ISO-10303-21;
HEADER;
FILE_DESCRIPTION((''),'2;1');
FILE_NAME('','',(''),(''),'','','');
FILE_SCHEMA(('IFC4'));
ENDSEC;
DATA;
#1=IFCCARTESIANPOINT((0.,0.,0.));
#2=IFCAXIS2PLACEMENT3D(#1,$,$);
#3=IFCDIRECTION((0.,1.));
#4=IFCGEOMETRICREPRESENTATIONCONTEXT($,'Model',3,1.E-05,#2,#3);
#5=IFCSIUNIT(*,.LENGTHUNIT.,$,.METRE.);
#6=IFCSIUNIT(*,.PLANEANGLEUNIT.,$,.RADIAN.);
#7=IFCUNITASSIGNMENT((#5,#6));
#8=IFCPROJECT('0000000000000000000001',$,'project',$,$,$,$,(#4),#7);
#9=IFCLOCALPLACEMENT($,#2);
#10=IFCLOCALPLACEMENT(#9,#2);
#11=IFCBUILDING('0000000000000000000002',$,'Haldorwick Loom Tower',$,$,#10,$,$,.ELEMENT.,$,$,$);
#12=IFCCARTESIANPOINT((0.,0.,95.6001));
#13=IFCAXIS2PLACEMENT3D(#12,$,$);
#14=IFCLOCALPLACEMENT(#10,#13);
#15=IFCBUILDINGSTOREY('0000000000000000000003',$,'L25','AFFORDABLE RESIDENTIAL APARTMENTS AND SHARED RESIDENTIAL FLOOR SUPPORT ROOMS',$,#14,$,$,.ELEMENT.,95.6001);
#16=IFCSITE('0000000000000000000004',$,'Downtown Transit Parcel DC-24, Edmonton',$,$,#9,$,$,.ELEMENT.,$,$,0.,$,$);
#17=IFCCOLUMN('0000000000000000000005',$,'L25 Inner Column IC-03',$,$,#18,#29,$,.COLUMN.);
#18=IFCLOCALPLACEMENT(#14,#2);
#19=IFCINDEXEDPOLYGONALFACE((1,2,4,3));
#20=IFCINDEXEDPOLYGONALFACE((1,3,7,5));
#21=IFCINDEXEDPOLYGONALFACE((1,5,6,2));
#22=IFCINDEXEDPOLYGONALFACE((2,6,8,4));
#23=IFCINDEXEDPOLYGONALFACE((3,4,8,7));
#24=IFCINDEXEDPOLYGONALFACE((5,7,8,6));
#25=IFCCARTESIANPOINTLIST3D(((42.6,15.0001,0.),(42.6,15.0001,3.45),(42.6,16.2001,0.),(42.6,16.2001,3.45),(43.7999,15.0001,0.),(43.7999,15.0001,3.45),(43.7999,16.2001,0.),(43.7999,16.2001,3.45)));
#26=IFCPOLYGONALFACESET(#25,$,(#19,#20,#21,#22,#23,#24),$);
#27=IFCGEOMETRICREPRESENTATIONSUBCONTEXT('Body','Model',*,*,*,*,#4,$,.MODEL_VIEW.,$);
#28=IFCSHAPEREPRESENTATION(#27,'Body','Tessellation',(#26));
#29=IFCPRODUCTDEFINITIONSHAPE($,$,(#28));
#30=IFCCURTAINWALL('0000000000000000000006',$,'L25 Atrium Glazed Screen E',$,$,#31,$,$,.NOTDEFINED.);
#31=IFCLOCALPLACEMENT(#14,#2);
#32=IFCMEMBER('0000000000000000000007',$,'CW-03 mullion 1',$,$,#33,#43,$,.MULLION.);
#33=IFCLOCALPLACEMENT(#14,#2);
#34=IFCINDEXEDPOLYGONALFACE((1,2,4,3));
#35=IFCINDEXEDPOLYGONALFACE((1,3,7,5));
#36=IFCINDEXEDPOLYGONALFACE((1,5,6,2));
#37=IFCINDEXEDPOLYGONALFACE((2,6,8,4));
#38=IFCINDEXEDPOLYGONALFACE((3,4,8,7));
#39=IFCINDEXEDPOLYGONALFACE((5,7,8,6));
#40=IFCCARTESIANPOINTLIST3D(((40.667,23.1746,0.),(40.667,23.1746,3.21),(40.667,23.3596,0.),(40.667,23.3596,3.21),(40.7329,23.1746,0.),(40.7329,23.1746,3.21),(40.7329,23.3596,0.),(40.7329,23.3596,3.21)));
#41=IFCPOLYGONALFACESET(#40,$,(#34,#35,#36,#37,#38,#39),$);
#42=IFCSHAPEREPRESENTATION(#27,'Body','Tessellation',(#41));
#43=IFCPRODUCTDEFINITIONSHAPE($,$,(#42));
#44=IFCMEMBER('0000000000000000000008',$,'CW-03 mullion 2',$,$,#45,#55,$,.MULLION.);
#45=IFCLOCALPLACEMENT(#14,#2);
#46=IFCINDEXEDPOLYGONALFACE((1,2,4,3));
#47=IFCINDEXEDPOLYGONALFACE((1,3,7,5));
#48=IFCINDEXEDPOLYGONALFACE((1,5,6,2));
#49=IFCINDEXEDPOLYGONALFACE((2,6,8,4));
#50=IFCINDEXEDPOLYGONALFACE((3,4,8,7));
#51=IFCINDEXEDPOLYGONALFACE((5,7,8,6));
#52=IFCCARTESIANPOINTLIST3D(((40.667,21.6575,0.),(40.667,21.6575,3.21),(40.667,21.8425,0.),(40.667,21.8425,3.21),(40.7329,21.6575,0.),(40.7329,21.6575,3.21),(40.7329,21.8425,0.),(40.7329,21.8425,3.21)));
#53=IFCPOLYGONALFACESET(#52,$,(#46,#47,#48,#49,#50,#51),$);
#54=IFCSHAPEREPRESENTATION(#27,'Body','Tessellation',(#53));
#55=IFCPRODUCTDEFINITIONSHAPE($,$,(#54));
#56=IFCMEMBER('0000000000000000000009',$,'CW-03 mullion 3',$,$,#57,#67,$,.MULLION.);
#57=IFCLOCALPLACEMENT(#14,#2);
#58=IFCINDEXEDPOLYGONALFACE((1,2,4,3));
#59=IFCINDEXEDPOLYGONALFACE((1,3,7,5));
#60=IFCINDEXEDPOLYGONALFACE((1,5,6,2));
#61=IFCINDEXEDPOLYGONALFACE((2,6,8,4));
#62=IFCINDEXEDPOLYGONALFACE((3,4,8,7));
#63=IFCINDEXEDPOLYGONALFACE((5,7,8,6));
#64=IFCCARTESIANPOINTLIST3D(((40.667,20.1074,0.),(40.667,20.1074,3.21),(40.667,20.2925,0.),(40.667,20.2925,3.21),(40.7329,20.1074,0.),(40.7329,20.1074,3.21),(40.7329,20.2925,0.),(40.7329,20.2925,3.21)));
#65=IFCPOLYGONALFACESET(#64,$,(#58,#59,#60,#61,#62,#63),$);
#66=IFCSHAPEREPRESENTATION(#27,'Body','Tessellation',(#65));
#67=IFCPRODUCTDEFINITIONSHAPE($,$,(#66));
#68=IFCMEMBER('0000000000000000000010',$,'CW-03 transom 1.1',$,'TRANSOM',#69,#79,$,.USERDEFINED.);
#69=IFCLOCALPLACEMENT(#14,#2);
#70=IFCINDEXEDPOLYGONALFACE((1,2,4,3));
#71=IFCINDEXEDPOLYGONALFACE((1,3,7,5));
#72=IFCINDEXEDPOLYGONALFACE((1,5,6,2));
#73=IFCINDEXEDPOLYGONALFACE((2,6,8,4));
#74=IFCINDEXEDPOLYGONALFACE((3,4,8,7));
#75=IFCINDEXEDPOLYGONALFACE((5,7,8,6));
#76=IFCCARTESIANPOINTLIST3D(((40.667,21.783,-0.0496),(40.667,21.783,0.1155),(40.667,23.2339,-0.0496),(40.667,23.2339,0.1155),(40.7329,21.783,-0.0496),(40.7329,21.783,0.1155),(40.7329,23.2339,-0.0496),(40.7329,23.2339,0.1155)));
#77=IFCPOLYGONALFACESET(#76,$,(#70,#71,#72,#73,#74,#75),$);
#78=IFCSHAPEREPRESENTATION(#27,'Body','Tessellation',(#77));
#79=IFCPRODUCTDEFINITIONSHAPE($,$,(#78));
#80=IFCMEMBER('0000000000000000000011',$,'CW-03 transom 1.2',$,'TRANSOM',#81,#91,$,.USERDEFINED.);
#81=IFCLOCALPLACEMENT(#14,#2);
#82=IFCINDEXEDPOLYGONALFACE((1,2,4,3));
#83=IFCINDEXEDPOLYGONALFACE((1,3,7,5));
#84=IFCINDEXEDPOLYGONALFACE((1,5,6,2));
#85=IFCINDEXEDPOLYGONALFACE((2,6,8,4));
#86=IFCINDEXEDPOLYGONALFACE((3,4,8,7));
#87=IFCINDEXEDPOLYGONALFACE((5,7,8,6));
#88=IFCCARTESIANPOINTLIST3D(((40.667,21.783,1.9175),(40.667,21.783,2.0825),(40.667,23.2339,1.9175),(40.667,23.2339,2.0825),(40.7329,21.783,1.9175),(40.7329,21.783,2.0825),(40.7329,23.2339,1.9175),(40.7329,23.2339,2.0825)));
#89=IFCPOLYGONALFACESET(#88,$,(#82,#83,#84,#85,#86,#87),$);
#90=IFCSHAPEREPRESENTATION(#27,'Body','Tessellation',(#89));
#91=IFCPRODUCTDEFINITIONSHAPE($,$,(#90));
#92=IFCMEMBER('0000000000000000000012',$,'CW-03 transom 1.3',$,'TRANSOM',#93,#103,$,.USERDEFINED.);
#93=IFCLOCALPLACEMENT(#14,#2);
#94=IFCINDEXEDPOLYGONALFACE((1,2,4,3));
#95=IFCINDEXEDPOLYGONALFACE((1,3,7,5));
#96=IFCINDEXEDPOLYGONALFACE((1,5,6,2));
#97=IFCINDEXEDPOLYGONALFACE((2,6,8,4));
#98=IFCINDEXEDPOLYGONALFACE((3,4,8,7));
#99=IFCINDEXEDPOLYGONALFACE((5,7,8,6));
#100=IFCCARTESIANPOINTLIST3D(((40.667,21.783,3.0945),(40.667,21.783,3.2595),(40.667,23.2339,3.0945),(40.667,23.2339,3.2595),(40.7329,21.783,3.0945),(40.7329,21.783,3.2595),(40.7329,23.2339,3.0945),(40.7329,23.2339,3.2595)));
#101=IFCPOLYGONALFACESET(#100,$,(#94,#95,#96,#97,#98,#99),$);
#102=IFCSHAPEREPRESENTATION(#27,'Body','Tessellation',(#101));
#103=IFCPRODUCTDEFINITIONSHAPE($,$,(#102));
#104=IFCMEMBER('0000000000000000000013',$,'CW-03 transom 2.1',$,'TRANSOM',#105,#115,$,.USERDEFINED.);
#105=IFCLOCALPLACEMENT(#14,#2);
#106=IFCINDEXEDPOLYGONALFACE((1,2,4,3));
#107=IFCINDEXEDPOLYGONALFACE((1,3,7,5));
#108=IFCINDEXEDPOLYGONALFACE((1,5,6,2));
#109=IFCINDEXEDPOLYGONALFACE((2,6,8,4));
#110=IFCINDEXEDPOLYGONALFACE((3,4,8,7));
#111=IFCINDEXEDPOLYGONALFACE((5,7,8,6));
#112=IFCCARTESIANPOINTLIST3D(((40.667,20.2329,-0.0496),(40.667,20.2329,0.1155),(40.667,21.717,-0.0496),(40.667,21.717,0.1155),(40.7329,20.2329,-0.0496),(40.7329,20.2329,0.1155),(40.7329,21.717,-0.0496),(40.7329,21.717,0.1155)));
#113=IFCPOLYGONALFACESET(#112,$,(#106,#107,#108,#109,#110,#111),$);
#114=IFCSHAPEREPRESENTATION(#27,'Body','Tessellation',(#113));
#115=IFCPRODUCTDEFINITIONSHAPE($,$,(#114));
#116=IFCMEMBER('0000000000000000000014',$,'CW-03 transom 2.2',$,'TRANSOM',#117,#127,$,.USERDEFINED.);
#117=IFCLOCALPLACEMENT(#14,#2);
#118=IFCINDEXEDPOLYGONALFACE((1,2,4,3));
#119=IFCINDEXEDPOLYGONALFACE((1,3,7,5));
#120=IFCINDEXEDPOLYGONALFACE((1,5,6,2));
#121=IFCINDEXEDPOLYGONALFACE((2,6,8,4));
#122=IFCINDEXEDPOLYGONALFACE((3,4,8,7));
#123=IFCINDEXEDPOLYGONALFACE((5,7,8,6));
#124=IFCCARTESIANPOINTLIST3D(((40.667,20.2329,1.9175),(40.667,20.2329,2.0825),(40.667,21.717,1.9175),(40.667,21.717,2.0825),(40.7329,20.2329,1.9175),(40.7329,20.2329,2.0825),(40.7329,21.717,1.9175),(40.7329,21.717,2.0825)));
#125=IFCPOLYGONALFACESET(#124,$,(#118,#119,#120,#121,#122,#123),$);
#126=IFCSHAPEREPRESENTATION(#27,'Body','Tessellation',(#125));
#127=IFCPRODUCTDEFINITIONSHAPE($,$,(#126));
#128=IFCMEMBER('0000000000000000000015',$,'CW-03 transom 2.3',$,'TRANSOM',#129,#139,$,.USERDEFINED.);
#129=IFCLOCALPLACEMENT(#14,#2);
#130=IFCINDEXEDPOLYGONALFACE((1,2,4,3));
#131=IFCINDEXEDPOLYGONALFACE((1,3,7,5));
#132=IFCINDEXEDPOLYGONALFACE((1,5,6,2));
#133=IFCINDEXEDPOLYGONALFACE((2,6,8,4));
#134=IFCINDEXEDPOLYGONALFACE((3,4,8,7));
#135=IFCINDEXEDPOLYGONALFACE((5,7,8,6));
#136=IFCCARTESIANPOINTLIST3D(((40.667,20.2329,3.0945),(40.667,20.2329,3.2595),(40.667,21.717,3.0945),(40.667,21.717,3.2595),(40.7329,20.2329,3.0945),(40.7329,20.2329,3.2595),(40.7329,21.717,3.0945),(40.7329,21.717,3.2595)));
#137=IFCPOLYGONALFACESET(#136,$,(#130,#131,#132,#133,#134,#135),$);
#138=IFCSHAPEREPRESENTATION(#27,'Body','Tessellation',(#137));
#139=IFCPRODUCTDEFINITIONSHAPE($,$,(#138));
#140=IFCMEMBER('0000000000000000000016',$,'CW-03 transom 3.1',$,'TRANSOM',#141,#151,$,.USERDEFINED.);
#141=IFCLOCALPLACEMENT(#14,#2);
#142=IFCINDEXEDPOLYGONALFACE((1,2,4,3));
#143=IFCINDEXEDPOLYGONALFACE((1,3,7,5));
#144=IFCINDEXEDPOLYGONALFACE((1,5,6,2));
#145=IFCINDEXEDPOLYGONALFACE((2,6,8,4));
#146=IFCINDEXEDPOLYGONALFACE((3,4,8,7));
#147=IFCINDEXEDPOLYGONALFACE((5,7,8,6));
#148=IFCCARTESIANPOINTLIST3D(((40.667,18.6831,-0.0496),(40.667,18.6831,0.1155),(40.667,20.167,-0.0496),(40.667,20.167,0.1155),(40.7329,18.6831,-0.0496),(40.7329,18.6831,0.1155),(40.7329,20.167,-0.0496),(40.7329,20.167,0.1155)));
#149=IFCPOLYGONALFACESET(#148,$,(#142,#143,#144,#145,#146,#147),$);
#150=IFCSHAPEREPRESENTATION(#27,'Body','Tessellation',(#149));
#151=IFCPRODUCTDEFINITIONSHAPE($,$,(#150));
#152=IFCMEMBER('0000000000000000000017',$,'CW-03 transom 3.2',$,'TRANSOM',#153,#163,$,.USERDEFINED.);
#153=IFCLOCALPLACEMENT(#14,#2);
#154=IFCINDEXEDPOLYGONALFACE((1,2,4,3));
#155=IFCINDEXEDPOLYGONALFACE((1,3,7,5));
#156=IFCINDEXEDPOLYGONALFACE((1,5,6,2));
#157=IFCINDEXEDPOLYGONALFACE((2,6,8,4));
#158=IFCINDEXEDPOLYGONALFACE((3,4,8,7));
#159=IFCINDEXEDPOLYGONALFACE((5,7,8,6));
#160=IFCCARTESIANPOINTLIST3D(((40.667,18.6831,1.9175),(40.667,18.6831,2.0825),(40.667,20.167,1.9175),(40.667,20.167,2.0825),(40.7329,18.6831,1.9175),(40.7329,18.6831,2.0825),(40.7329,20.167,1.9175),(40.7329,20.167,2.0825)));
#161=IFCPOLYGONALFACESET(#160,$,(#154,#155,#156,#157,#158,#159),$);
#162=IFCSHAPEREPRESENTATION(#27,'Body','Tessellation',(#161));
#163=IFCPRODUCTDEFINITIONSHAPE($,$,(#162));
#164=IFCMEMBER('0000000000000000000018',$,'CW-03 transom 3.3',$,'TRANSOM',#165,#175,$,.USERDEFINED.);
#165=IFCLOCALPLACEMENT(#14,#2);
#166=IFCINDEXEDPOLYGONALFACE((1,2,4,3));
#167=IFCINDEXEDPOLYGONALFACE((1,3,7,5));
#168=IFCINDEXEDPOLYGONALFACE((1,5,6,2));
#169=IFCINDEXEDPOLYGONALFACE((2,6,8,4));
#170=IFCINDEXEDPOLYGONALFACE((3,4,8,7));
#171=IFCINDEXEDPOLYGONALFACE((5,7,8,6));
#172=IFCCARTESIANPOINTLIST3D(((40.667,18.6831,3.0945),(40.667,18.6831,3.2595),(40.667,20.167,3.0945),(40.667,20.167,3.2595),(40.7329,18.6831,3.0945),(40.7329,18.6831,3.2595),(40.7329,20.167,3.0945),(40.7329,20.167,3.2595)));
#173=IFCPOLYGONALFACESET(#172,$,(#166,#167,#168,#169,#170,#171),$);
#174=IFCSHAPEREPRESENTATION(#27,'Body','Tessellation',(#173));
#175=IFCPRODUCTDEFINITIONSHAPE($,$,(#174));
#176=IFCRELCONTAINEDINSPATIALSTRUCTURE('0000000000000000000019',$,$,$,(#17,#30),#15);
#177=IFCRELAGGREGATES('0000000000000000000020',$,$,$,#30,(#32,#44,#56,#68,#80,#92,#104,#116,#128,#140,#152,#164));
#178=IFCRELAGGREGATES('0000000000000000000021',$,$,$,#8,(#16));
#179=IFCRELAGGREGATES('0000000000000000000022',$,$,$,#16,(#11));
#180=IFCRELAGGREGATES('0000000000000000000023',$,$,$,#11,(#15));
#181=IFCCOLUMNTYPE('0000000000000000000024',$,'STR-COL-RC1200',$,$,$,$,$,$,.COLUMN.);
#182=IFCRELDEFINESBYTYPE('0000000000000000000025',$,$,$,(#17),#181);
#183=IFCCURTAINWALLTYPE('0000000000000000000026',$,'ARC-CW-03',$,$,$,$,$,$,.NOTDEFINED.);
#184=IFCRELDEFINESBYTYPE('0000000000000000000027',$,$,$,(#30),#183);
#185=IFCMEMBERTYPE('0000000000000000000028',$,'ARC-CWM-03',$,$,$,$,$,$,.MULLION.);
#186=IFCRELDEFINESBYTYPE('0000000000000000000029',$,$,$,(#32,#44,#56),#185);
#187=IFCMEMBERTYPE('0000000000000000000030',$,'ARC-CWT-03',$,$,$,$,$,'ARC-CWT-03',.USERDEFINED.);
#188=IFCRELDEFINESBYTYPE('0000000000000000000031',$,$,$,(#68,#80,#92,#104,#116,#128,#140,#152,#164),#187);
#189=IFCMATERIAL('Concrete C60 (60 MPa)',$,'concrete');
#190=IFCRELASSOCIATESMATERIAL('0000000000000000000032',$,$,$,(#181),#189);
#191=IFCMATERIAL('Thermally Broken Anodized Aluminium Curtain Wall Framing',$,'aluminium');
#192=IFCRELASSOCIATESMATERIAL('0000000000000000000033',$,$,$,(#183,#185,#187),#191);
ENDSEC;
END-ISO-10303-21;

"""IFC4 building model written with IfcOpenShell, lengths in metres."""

from ifc_helpers import new_model, si_unit, direction, frame, origin, origin_2d, place, context, subcontext, project, spatial, rectangle, extrude, material, material_profile, profile_set, type_object, element, aggregate, save


model = new_model("IFC4")

# Units and contexts
model_context = context("Model", 3, precision=1e-05, world=origin(), true_north=direction((0.0, 1.0)))
body_context = subcontext(model_context, "Body", "Model", "MODEL_VIEW")
ifc_project = project(units=[si_unit("LENGTHUNIT", "METRE"), si_unit("PLANEANGLEUNIT", "RADIAN")], contexts=[model_context])

# Site, building, storey
site_placement = place(None, origin())
site = spatial("IfcSite", under=ifc_project, at=site_placement, Name="Downtown Transit Parcel DC-24, Edmonton", CompositionType="ELEMENT", RefElevation=0.0)
building_placement = place(site_placement, origin())
building = spatial("IfcBuilding", under=site, at=building_placement, Name="Haldorwick Loom Tower", CompositionType="ELEMENT")
storey_placement = place(building_placement, frame((0.0, 0.0, 95.6001)))
storey = spatial("IfcBuildingStorey", under=building, at=storey_placement, Name="L25", Description="AFFORDABLE RESIDENTIAL APARTMENTS AND SHARED RESIDENTIAL FLOOR SUPPORT ROOMS", CompositionType="ELEMENT", Elevation=95.6001)

# Column
ifc_material_1 = material(Name="Concrete C60 (60 MPa)", Category="concrete")
ifc_material_profile_1 = material_profile(ifc_material_1, rectangle(XDim=1.2, YDim=1.2, at=origin_2d()), Name="RC1200X1200", Category="concrete")
ifc_profile_set_1 = profile_set([ifc_material_profile_1], Name="Concrete C60 (60 MPa)")
column_type = type_object("IfcColumnType", Name="STR-COL-RC1200", PredefinedType="COLUMN", material=ifc_profile_set_1)
column_placement = place(storey_placement, frame((43.2, 15.6001, 0.0), z_axis=(0.0, 0.0, 1.0), x_axis=(1.0, 0.0, 0.0)))
element("IfcColumn", 1, at=column_placement, inside=storey, type_object=column_type, Name="L25 Inner Column IC-03", PredefinedType="COLUMN", context=body_context, shape_type="SweptSolid", body=[
    extrude(rectangle(XDim=1.2, YDim=1.2, at=origin_2d()), origin(), (0.0, 0.0, 1.0), 3.45),
])

# Curtain wall, members
ifc_material_2 = material(Name="Thermally Broken Anodized Aluminium Curtain Wall Framing", Category="aluminium")
curtain_wall_type = type_object("IfcCurtainWallType", Name="ARC-CW-03", PredefinedType="NOTDEFINED", material=ifc_material_2)
curtain_wall_placement = place(storey_placement, origin())
curtain_wall = element("IfcCurtainWall", 2, at=curtain_wall_placement, inside=storey, type_object=curtain_wall_type, Name="L25 Atrium Glazed Screen E", PredefinedType="NOTDEFINED")
ifc_material_profile_2 = material_profile(ifc_material_2, rectangle(XDim=0.0659, YDim=0.1851, at=origin_2d()), Name="ALU_MUL_66X185", Category="aluminium")
ifc_profile_set_2 = profile_set([ifc_material_profile_2], Name="Thermally Broken Anodized Aluminium Curtain Wall Framing")
member_type_1 = type_object("IfcMemberType", Name="ARC-CWM-03", PredefinedType="MULLION", material=ifc_profile_set_2)
member_1_placement = place(storey_placement, frame((40.7, 23.2671, 0.0), z_axis=(0.0, 0.0, 1.0), x_axis=(1.0, 0.0, 0.0)))
member_1 = element("IfcMember", 3, at=member_1_placement, type_object=member_type_1, Name="CW-03 mullion 1", PredefinedType="MULLION", context=body_context, shape_type="SweptSolid", body=[
    extrude(rectangle(XDim=0.0659, YDim=0.1851, at=origin_2d()), origin(), (0.0, 0.0, 1.0), 3.21),
])
member_2_placement = place(storey_placement, frame((40.7, 21.75, 0.0), z_axis=(0.0, 0.0, 1.0), x_axis=(1.0, 0.0, 0.0)))
member_2 = element("IfcMember", 4, at=member_2_placement, type_object=member_type_1, Name="CW-03 mullion 2", PredefinedType="MULLION", context=body_context, shape_type="SweptSolid", body=[
    extrude(rectangle(XDim=0.0659, YDim=0.1851, at=origin_2d()), origin(), (0.0, 0.0, 1.0), 3.21),
])
member_3_placement = place(storey_placement, frame((40.7, 20.2, 0.0), z_axis=(0.0, 0.0, 1.0), x_axis=(1.0, 0.0, 0.0)))
member_3 = element("IfcMember", 5, at=member_3_placement, type_object=member_type_1, Name="CW-03 mullion 3", PredefinedType="MULLION", context=body_context, shape_type="SweptSolid", body=[
    extrude(rectangle(XDim=0.0659, YDim=0.1851, at=origin_2d()), origin(), (0.0, 0.0, 1.0), 3.21),
])
ifc_material_profile_3 = material_profile(ifc_material_2, rectangle(XDim=0.0659, YDim=0.165, at=origin_2d()), Name="ALU_TRN_66X165", Category="aluminium")
ifc_profile_set_3 = profile_set([ifc_material_profile_3], Name="Thermally Broken Anodized Aluminium Curtain Wall Framing")
member_type_2 = type_object("IfcMemberType", Name="ARC-CWT-03", ElementType="ARC-CWT-03", PredefinedType="USERDEFINED", material=ifc_profile_set_3)
member_4_placement = place(storey_placement, frame((40.7, 23.2339, 0.033), z_axis=(0.0, -1.0, 0.0), x_axis=(1.0, 0.0, 0.0)))
member_4 = element("IfcMember", 6, at=member_4_placement, type_object=member_type_2, Name="CW-03 transom 1.1", ObjectType="TRANSOM", PredefinedType="USERDEFINED", context=body_context, shape_type="SweptSolid", body=[
    extrude(rectangle(XDim=0.0659, YDim=0.165, at=origin_2d()), origin(), (0.0, 0.0, 1.0), 1.4509),
])
member_5_placement = place(storey_placement, frame((40.7, 23.2339, 2.0), z_axis=(0.0, -1.0, 0.0), x_axis=(1.0, 0.0, 0.0)))
member_5 = element("IfcMember", 7, at=member_5_placement, type_object=member_type_2, Name="CW-03 transom 1.2", ObjectType="TRANSOM", PredefinedType="USERDEFINED", context=body_context, shape_type="SweptSolid", body=[
    extrude(rectangle(XDim=0.0659, YDim=0.165, at=origin_2d()), origin(), (0.0, 0.0, 1.0), 1.4509),
])
member_6_placement = place(storey_placement, frame((40.7, 23.2339, 3.177), z_axis=(0.0, -1.0, 0.0), x_axis=(1.0, 0.0, 0.0)))
member_6 = element("IfcMember", 8, at=member_6_placement, type_object=member_type_2, Name="CW-03 transom 1.3", ObjectType="TRANSOM", PredefinedType="USERDEFINED", context=body_context, shape_type="SweptSolid", body=[
    extrude(rectangle(XDim=0.0659, YDim=0.165, at=origin_2d()), origin(), (0.0, 0.0, 1.0), 1.4509),
])
member_7_placement = place(storey_placement, frame((40.7, 21.717, 0.033), z_axis=(0.0, -1.0, 0.0), x_axis=(1.0, 0.0, 0.0)))
member_7 = element("IfcMember", 9, at=member_7_placement, type_object=member_type_2, Name="CW-03 transom 2.1", ObjectType="TRANSOM", PredefinedType="USERDEFINED", context=body_context, shape_type="SweptSolid", body=[
    extrude(rectangle(XDim=0.0659, YDim=0.165, at=origin_2d()), origin(), (0.0, 0.0, 1.0), 1.4841),
])
member_8_placement = place(storey_placement, frame((40.7, 21.717, 2.0), z_axis=(0.0, -1.0, 0.0), x_axis=(1.0, 0.0, 0.0)))
member_8 = element("IfcMember", 10, at=member_8_placement, type_object=member_type_2, Name="CW-03 transom 2.2", ObjectType="TRANSOM", PredefinedType="USERDEFINED", context=body_context, shape_type="SweptSolid", body=[
    extrude(rectangle(XDim=0.0659, YDim=0.165, at=origin_2d()), origin(), (0.0, 0.0, 1.0), 1.4841),
])
member_9_placement = place(storey_placement, frame((40.7, 21.717, 3.177), z_axis=(0.0, -1.0, 0.0), x_axis=(1.0, 0.0, 0.0)))
member_9 = element("IfcMember", 11, at=member_9_placement, type_object=member_type_2, Name="CW-03 transom 2.3", ObjectType="TRANSOM", PredefinedType="USERDEFINED", context=body_context, shape_type="SweptSolid", body=[
    extrude(rectangle(XDim=0.0659, YDim=0.165, at=origin_2d()), origin(), (0.0, 0.0, 1.0), 1.4841),
])
member_10_placement = place(storey_placement, frame((40.7, 20.167, 0.033), z_axis=(0.0, -1.0, 0.0), x_axis=(1.0, 0.0, 0.0)))
member_10 = element("IfcMember", 12, at=member_10_placement, type_object=member_type_2, Name="CW-03 transom 3.1", ObjectType="TRANSOM", PredefinedType="USERDEFINED", context=body_context, shape_type="SweptSolid", body=[
    extrude(rectangle(XDim=0.0659, YDim=0.165, at=origin_2d()), origin(), (0.0, 0.0, 1.0), 1.4839),
])
member_11_placement = place(storey_placement, frame((40.7, 20.167, 2.0), z_axis=(0.0, -1.0, 0.0), x_axis=(1.0, 0.0, 0.0)))
member_11 = element("IfcMember", 13, at=member_11_placement, type_object=member_type_2, Name="CW-03 transom 3.2", ObjectType="TRANSOM", PredefinedType="USERDEFINED", context=body_context, shape_type="SweptSolid", body=[
    extrude(rectangle(XDim=0.0659, YDim=0.165, at=origin_2d()), origin(), (0.0, 0.0, 1.0), 1.4839),
])
member_12_placement = place(storey_placement, frame((40.7, 20.167, 3.177), z_axis=(0.0, -1.0, 0.0), x_axis=(1.0, 0.0, 0.0)))
member_12 = element("IfcMember", 14, at=member_12_placement, type_object=member_type_2, Name="CW-03 transom 3.3", ObjectType="TRANSOM", PredefinedType="USERDEFINED", context=body_context, shape_type="SweptSolid", body=[
    extrude(rectangle(XDim=0.0659, YDim=0.165, at=origin_2d()), origin(), (0.0, 0.0, 1.0), 1.4839),
])

aggregate(curtain_wall, [member_1, member_2, member_3, member_4, member_5, member_6, member_7, member_8, member_9, member_10, member_11, member_12])

save(model, "model.ifc")
